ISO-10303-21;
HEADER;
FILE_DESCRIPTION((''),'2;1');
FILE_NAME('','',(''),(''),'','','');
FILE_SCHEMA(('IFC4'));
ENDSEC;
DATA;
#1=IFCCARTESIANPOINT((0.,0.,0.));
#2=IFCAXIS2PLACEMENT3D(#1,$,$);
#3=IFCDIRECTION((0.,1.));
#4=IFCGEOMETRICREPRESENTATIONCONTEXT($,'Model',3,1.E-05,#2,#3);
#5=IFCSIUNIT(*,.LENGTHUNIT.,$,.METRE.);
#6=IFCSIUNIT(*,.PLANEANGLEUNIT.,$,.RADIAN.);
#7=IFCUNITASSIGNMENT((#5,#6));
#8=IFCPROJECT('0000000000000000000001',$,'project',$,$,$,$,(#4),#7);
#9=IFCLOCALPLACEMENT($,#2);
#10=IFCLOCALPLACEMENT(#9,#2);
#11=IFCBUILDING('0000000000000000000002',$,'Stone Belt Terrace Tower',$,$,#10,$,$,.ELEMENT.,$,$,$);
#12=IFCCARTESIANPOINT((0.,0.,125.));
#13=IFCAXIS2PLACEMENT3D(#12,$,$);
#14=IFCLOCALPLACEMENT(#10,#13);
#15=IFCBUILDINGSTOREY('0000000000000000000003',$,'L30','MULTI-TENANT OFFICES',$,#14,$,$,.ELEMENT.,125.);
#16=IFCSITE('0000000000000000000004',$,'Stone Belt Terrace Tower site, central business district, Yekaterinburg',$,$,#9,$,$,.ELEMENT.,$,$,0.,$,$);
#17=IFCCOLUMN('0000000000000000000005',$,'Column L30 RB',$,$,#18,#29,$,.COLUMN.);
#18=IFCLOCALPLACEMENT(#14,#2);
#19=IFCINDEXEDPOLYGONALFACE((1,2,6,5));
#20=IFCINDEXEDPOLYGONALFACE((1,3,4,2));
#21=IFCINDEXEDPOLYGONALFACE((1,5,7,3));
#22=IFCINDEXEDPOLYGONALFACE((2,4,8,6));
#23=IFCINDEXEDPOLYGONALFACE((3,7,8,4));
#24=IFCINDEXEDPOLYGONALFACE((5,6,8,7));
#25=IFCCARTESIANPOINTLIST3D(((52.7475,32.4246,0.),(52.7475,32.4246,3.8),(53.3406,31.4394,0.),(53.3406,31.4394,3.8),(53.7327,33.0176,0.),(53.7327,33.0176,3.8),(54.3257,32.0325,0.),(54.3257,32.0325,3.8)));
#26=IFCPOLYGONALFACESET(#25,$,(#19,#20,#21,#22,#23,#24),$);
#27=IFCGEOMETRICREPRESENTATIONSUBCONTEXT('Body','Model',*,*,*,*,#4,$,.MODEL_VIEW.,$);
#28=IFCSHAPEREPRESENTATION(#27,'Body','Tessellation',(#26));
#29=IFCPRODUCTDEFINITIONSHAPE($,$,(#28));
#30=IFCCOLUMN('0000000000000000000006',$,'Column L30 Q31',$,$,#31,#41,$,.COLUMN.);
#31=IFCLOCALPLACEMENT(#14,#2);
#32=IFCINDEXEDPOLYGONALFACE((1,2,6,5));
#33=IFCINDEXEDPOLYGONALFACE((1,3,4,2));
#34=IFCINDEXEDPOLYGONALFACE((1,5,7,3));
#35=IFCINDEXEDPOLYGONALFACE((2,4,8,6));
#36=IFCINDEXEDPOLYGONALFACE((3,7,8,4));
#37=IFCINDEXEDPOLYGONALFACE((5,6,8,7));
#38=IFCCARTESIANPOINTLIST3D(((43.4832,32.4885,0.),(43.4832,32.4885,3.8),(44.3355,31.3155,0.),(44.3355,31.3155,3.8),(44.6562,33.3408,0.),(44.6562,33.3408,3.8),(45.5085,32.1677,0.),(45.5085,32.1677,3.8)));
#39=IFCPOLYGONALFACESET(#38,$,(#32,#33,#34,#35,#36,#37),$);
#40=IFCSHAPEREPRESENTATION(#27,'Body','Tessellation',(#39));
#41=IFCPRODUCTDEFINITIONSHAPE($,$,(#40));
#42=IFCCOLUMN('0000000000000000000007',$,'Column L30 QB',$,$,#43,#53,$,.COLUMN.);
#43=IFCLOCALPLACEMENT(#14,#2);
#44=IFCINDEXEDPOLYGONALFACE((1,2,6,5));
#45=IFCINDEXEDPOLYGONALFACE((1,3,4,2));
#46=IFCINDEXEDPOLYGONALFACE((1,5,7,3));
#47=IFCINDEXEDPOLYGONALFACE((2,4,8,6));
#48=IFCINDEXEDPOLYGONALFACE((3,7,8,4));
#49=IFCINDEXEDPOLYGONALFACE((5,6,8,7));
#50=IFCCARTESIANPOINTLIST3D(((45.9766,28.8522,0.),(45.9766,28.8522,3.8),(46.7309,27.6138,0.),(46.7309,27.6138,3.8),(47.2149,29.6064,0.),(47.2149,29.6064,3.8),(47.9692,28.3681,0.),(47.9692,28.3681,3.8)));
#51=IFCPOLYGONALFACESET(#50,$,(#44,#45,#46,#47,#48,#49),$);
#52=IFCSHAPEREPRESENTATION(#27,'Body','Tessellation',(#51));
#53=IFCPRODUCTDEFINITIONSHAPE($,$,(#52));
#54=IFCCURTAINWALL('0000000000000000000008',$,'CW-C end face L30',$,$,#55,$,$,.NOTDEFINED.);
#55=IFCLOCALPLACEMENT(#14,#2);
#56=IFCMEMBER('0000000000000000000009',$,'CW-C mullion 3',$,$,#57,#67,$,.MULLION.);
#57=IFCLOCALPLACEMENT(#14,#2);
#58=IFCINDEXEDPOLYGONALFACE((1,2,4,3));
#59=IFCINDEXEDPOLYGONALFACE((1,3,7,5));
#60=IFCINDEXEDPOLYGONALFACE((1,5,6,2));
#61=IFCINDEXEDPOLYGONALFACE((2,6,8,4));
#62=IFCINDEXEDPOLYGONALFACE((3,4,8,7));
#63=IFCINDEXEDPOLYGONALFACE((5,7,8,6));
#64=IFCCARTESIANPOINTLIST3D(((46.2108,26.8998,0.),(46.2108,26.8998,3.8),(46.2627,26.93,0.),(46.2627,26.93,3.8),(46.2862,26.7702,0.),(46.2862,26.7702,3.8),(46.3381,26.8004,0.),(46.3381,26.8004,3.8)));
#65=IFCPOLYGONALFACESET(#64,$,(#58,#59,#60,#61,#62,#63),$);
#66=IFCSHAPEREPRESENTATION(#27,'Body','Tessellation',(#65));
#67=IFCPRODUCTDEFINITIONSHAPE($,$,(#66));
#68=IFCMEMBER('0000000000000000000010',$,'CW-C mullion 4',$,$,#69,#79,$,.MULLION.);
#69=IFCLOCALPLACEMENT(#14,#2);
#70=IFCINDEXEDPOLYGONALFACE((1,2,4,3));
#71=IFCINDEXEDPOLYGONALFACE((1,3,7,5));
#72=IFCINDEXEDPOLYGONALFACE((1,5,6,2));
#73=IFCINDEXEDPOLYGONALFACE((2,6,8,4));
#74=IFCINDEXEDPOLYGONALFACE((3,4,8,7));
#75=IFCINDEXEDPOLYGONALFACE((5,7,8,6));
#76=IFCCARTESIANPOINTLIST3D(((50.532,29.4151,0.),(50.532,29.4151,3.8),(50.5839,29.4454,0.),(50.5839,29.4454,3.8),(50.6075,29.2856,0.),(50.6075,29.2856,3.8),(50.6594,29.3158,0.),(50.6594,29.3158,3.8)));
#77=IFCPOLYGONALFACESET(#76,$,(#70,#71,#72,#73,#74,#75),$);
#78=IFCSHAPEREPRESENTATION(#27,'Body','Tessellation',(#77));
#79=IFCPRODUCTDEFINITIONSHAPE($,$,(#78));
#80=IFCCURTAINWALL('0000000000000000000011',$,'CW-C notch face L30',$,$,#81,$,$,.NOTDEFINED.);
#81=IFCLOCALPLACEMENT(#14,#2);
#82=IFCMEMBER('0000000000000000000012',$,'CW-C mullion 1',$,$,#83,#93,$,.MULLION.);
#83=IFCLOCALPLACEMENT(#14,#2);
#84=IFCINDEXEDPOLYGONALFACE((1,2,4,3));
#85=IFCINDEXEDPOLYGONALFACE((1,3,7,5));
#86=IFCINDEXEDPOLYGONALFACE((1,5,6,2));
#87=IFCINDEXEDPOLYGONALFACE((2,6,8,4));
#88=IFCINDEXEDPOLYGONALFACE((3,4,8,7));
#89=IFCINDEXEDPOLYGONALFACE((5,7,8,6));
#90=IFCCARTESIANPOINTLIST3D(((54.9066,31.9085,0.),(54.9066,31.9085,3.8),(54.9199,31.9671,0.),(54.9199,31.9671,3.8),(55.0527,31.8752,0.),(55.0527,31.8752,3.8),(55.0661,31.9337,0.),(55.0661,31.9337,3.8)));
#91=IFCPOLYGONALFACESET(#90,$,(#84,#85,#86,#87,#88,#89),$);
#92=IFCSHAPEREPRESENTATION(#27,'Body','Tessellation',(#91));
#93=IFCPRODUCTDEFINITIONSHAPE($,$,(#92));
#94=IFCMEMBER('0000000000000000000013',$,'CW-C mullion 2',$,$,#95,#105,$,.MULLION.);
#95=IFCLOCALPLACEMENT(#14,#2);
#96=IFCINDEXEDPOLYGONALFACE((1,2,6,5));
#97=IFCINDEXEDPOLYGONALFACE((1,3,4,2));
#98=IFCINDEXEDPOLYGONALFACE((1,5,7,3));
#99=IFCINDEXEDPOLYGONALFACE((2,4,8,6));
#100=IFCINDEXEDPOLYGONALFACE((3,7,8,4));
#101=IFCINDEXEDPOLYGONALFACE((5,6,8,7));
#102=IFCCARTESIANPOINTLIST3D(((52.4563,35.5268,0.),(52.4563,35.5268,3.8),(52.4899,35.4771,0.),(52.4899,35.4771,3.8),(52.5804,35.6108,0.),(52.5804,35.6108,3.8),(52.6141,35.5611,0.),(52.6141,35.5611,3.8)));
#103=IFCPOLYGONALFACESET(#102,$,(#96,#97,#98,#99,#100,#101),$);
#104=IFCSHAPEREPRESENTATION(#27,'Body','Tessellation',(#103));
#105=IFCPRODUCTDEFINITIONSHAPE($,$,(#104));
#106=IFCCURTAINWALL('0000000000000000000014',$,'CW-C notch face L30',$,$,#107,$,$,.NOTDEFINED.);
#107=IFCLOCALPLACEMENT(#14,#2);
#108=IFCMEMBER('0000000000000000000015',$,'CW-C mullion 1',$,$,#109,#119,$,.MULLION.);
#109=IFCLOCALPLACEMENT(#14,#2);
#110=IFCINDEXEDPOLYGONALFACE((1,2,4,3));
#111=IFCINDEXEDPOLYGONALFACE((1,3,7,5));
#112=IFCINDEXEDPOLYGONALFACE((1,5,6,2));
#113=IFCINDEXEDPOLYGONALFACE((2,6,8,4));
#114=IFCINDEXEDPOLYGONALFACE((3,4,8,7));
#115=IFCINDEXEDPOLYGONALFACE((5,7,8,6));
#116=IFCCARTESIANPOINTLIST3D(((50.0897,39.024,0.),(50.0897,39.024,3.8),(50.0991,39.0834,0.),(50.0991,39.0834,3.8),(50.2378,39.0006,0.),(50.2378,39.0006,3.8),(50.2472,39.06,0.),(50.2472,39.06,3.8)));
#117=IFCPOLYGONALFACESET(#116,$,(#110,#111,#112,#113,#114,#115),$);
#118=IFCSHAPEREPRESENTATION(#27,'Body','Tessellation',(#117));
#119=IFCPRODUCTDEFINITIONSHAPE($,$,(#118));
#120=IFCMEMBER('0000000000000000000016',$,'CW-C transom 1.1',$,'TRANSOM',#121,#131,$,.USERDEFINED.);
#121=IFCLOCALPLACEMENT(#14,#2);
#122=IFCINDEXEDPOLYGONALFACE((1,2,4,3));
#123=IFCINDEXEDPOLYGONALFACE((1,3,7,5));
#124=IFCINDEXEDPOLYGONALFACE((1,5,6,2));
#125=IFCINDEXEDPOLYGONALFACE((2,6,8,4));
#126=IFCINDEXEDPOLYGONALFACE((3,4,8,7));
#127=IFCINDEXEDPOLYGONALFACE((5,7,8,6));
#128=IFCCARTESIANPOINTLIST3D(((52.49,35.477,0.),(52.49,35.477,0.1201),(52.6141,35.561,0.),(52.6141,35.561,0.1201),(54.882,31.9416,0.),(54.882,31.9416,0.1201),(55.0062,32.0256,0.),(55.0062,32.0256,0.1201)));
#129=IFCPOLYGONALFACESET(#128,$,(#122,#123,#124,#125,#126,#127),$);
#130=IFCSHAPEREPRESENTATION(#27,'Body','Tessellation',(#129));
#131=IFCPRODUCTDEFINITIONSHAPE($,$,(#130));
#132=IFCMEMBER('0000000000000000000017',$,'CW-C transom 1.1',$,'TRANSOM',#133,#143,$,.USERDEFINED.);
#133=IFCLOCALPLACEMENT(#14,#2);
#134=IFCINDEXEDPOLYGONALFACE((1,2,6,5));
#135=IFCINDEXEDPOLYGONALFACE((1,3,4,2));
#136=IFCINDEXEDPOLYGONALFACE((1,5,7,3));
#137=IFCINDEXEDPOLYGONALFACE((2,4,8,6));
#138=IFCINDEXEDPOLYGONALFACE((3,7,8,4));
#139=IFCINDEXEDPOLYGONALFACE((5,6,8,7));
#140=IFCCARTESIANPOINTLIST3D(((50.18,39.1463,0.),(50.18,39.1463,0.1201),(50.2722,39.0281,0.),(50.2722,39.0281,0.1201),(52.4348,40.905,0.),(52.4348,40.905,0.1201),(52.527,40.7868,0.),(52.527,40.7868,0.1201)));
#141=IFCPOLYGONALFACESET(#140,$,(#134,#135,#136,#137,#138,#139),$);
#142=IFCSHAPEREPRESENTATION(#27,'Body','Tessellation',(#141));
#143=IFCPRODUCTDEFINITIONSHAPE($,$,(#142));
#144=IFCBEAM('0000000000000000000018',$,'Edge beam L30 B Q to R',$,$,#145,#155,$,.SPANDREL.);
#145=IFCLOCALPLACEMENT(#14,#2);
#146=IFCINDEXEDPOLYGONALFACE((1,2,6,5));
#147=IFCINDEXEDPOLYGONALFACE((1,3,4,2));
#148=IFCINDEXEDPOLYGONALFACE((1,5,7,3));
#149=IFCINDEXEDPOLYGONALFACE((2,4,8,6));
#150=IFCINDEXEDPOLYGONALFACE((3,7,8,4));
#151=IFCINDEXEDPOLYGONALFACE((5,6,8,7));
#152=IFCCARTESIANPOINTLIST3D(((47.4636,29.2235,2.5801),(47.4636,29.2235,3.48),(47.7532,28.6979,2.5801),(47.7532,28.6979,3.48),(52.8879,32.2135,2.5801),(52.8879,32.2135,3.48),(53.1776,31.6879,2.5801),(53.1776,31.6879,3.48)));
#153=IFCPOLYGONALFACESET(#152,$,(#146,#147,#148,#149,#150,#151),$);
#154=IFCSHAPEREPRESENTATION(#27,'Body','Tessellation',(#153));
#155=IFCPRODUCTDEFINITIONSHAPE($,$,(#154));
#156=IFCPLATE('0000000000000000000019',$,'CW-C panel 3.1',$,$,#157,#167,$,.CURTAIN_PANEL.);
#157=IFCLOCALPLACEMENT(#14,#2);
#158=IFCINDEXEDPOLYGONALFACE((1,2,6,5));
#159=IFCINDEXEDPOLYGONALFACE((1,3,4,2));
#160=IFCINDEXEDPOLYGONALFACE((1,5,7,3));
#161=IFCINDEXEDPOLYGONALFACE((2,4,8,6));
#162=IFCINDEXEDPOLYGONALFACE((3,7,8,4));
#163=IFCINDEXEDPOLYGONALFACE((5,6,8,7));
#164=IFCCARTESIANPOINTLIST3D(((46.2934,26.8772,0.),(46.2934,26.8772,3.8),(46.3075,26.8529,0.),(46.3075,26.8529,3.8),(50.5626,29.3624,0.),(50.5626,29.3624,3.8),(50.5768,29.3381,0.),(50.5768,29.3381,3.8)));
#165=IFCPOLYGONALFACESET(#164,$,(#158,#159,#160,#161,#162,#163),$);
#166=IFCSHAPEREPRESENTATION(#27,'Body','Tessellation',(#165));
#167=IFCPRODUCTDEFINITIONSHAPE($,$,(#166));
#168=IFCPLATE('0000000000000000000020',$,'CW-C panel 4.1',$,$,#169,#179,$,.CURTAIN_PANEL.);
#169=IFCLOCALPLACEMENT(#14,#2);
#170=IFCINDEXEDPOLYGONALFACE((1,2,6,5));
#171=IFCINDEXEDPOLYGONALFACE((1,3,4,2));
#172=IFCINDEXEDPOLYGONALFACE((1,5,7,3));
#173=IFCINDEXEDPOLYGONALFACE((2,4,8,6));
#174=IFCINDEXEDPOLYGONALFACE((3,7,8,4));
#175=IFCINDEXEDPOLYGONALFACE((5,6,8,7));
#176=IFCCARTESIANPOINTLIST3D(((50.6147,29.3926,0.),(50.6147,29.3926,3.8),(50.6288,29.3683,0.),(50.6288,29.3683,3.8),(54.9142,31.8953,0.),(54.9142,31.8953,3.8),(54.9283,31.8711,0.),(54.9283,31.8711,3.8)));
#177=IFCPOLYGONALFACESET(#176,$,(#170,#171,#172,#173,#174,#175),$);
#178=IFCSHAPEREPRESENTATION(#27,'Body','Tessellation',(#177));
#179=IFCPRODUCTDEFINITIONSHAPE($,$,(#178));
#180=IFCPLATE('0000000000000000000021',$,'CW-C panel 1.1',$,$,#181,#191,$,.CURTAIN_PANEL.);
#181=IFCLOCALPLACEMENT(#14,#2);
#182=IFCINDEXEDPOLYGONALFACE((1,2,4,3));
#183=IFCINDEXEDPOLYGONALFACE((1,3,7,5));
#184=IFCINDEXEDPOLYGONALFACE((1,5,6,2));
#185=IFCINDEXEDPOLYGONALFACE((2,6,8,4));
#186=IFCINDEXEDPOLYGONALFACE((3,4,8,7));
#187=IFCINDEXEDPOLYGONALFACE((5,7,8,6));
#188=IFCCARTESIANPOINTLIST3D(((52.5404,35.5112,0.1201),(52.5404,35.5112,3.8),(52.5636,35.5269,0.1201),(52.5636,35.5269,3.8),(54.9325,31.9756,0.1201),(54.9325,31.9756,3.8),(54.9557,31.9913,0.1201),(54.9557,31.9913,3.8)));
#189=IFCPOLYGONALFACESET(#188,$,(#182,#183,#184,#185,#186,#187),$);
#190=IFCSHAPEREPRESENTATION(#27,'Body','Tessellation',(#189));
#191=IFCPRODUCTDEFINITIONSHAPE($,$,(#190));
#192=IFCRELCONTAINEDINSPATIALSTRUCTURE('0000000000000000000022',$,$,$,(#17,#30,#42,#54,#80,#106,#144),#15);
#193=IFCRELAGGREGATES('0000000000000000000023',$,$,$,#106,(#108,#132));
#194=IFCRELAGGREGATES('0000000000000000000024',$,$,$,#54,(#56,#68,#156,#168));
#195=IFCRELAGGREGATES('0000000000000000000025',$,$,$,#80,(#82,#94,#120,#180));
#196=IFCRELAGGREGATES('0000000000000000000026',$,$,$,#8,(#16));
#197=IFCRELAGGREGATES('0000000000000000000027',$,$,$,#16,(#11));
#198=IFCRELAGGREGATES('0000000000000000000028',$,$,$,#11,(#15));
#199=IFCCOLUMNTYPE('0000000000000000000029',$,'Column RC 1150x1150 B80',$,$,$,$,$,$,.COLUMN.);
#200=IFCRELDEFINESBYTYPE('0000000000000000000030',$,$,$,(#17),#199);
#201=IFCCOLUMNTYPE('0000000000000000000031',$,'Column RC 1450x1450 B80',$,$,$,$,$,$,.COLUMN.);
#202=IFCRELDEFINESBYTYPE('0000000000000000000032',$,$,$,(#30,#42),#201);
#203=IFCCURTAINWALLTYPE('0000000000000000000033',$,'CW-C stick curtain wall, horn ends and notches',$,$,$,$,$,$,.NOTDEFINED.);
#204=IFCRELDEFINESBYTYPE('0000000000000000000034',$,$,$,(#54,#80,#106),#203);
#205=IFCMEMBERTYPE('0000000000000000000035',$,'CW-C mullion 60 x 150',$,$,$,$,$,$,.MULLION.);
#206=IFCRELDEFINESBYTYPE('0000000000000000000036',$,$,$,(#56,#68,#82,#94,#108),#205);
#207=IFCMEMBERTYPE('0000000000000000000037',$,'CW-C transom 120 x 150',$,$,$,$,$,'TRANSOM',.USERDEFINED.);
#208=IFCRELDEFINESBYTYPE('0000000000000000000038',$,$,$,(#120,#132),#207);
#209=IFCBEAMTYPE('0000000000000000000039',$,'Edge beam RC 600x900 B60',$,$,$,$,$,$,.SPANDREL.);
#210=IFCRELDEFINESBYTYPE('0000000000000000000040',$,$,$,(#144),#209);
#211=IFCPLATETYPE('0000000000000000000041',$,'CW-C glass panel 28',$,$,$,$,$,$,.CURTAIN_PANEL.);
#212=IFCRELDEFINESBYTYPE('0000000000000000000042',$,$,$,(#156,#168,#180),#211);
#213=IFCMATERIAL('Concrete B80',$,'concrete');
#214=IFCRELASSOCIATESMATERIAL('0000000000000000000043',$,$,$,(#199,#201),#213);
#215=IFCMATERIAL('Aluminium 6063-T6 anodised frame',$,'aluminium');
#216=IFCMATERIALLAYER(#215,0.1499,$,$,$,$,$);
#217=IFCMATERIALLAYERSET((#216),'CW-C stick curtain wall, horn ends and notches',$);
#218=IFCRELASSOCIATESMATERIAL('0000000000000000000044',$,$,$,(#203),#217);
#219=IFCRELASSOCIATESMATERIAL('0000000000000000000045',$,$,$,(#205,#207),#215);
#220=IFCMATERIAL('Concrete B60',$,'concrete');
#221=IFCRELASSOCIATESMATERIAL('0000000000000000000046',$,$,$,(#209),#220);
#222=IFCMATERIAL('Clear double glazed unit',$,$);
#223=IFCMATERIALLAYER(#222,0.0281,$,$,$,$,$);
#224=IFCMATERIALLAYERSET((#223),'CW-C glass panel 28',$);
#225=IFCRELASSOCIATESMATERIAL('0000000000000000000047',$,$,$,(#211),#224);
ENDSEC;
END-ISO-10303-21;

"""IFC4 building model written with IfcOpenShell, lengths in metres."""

from ifc_helpers import new_model, si_unit, direction, frame, origin, origin_2d, place, context, subcontext, project, spatial, rectangle, extrude, material, layer, layer_set, material_profile, profile_set, type_object, element, aggregate, save


model = new_model("IFC4")

# Units and contexts
model_context = context("Model", 3, precision=1e-05, world=origin(), true_north=direction((0.0, 1.0)))
body_context = subcontext(model_context, "Body", "Model", "MODEL_VIEW")
ifc_project = project(units=[si_unit("LENGTHUNIT", "METRE"), si_unit("PLANEANGLEUNIT", "RADIAN")], contexts=[model_context])

# Site, building, storey
site_placement = place(None, origin())
site = spatial("IfcSite", under=ifc_project, at=site_placement, Name="Stone Belt Terrace Tower site, central business district, Yekaterinburg", CompositionType="ELEMENT", RefElevation=0.0)
building_placement = place(site_placement, origin())
building = spatial("IfcBuilding", under=site, at=building_placement, Name="Stone Belt Terrace Tower", CompositionType="ELEMENT")
storey_placement = place(building_placement, frame((0.0, 0.0, 125.0)))
storey = spatial("IfcBuildingStorey", under=building, at=storey_placement, Name="L30", Description="MULTI-TENANT OFFICES", CompositionType="ELEMENT", Elevation=125.0)

# Columns
ifc_material_1 = material(Name="Concrete B80", Category="concrete")
ifc_material_profile_1 = material_profile(ifc_material_1, rectangle(XDim=1.1499, YDim=1.1499, at=origin_2d()), Name="RC 1150x1150")
ifc_profile_set_1 = profile_set([ifc_material_profile_1], Name="Concrete B80")
column_type_1 = type_object("IfcColumnType", Name="Column RC 1150x1150 B80", PredefinedType="COLUMN", material=ifc_profile_set_1)
column_placement = place(storey_placement, frame((53.5366, 32.2285, 0.0), z_axis=(0.0, 0.0, 1.0), x_axis=(0.51575, -0.856739, 0.0)))
element("IfcColumn", 1, at=column_placement, inside=storey, type_object=column_type_1, Name="Column L30 RB", PredefinedType="COLUMN", context=body_context, shape_type="SweptSolid", body=[
    extrude(rectangle(XDim=1.1499, YDim=1.1499, at=origin_2d()), origin(), (0.0, 0.0, 1.0), 3.8),
])
ifc_material_profile_2 = material_profile(ifc_material_1, rectangle(XDim=1.45, YDim=1.45, at=origin_2d()), Name="RC 1450x1450")
ifc_profile_set_2 = profile_set([ifc_material_profile_2], Name="Concrete B80")
column_type_2 = type_object("IfcColumnType", Name="Column RC 1450x1450 B80", PredefinedType="COLUMN", material=ifc_profile_set_2)
for number, where, z_axis, x_axis, name in (
    (2, (44.4958, 32.3281, 0.0), (0.0, 0.0, 1.0), (0.587785, -0.809017, 0.0), "Column L30 Q31"),
    (3, (46.9729, 28.6101, 0.0), (0.0, 0.0, 1.0), (0.520186, -0.854053, 0.0), "Column L30 QB"),
):
    element("IfcColumn", number, at=place(storey_placement, frame(where, z_axis=z_axis, x_axis=x_axis)), inside=storey, type_object=column_type_2, Name=name, PredefinedType="COLUMN", context=body_context, shape_type="SweptSolid", body=[
        extrude(rectangle(XDim=1.45, YDim=1.45, at=origin_2d()), origin(), (0.0, 0.0, 1.0), 3.8),
    ])

# Curtain walls, members
ifc_material_2 = material(Name="Aluminium 6063-T6 anodised frame", Category="aluminium")
ifc_layer_1 = layer(ifc_material_2, 0.1499)
ifc_layer_set_1 = layer_set([ifc_layer_1], Name="CW-C stick curtain wall, horn ends and notches")
curtain_wall_type = type_object("IfcCurtainWallType", Name="CW-C stick curtain wall, horn ends and notches", PredefinedType="NOTDEFINED", material=ifc_layer_set_1)
curtain_wall_1_placement = place(storey_placement, origin())
curtain_wall_1 = element("IfcCurtainWall", 4, at=curtain_wall_1_placement, inside=storey, type_object=curtain_wall_type, Name="CW-C end face L30", PredefinedType="NOTDEFINED")
ifc_material_profile_3 = material_profile(ifc_material_2, rectangle(XDim=0.1499, YDim=0.0601, at=origin_2d()), Name="Aluminium 6063-T6 60x150")
ifc_profile_set_3 = profile_set([ifc_material_profile_3], Name="Aluminium 6063-T6 anodised frame")
member_type_1 = type_object("IfcMemberType", Name="CW-C mullion 60 x 150", PredefinedType="MULLION", material=ifc_profile_set_3)
member_1_placement = place(storey_placement, frame((46.2744, 26.8501, 0.0), z_axis=(0.0, 0.0, 1.0), x_axis=(-0.503081, 0.864239, 0.0)))
member_1 = element("IfcMember", 5, at=member_1_placement, type_object=member_type_1, Name="CW-C mullion 3", PredefinedType="MULLION", context=body_context, shape_type="SweptSolid", body=[
    extrude(rectangle(XDim=0.1499, YDim=0.0601, at=origin_2d()), origin(), (0.0, 0.0, 1.0), 3.8),
])
member_2_placement = place(storey_placement, frame((50.5957, 29.3655, 0.0), z_axis=(0.0, 0.0, 1.0), x_axis=(-0.503081, 0.864239, 0.0)))
member_2 = element("IfcMember", 6, at=member_2_placement, type_object=member_type_1, Name="CW-C mullion 4", PredefinedType="MULLION", context=body_context, shape_type="SweptSolid", body=[
    extrude(rectangle(XDim=0.1499, YDim=0.0601, at=origin_2d()), origin(), (0.0, 0.0, 1.0), 3.8),
])
curtain_wall_2_placement = place(storey_placement, origin())
curtain_wall_2 = element("IfcCurtainWall", 7, at=curtain_wall_2_placement, inside=storey, type_object=curtain_wall_type, Name="CW-C notch face L30", PredefinedType="NOTDEFINED")
member_3_placement = place(storey_placement, frame((54.9863, 31.9211, 0.0), z_axis=(0.0, 0.0, 1.0), x_axis=(-0.974927, 0.222525, 0.0)))
member_3 = element("IfcMember", 8, at=member_3_placement, type_object=member_type_1, Name="CW-C mullion 1", PredefinedType="MULLION", context=body_context, shape_type="SweptSolid", body=[
    extrude(rectangle(XDim=0.1499, YDim=0.0601, at=origin_2d()), origin(), (0.0, 0.0, 1.0), 3.8),
])
member_4_placement = place(storey_placement, frame((52.5352, 35.5439, 0.0), z_axis=(0.0, 0.0, 1.0), x_axis=(-0.828244, -0.560367, 0.0)))
member_4 = element("IfcMember", 9, at=member_4_placement, type_object=member_type_1, Name="CW-C mullion 2", PredefinedType="MULLION", context=body_context, shape_type="SweptSolid", body=[
    extrude(rectangle(XDim=0.1499, YDim=0.0601, at=origin_2d()), origin(), (0.0, 0.0, 1.0), 3.8),
])

# Curtain wall, member
curtain_wall_3_placement = place(storey_placement, origin())
curtain_wall_3 = element("IfcCurtainWall", 10, at=curtain_wall_3_placement, inside=storey, type_object=curtain_wall_type, Name="CW-C notch face L30", PredefinedType="NOTDEFINED")
member_5_placement = place(storey_placement, frame((50.1685, 39.042, 0.0), z_axis=(0.0, 0.0, 1.0), x_axis=(-0.987742, 0.156094, 0.0)))
member_5 = element("IfcMember", 11, at=member_5_placement, type_object=member_type_1, Name="CW-C mullion 1", PredefinedType="MULLION", context=body_context, shape_type="SweptSolid", body=[
    extrude(rectangle(XDim=0.1499, YDim=0.0601, at=origin_2d()), origin(), (0.0, 0.0, 1.0), 3.8),
])

# Members
ifc_material_profile_4 = material_profile(ifc_material_2, rectangle(XDim=0.1499, YDim=0.1201, at=origin_2d()), Name="Aluminium 6063-T6 150x120")
ifc_profile_set_4 = profile_set([ifc_material_profile_4], Name="Aluminium 6063-T6 anodised frame")
member_type_2 = type_object("IfcMemberType", Name="CW-C transom 120 x 150", ElementType="TRANSOM", PredefinedType="USERDEFINED", material=ifc_profile_set_4)
member_6_placement = place(storey_placement, frame((54.9441, 31.9836, 0.0601), z_axis=(-0.560389, 0.82823, 0.0), x_axis=(-0.82823, -0.560389, 0.0)))
member_6 = element("IfcMember", 12, at=member_6_placement, type_object=member_type_2, Name="CW-C transom 1.1", ObjectType="TRANSOM", PredefinedType="USERDEFINED", context=body_context, shape_type="SweptSolid", body=[
    extrude(rectangle(XDim=0.1499, YDim=0.1201, at=origin_2d()), origin(), (0.0, 0.0, 1.0), 4.2686),
])
member_7_placement = place(storey_placement, frame((50.2261, 39.0872, 0.0601), z_axis=(0.788506, 0.615028, 0.0), x_axis=(-0.615028, 0.788506, 0.0)))
member_7 = element("IfcMember", 13, at=member_7_placement, type_object=member_type_2, Name="CW-C transom 1.1", ObjectType="TRANSOM", PredefinedType="USERDEFINED", context=body_context, shape_type="SweptSolid", body=[
    extrude(rectangle(XDim=0.1499, YDim=0.1201, at=origin_2d()), origin(), (0.0, 0.0, 1.0), 2.8596),
])
aggregate(curtain_wall_3, [member_5, member_7])

# Beam
ifc_material_3 = material(Name="Concrete B60", Category="concrete")
ifc_material_profile_5 = material_profile(ifc_material_3, rectangle(XDim=0.6001, YDim=0.8999, at=origin_2d()), Name="RC 600x900")
ifc_profile_set_5 = profile_set([ifc_material_profile_5], Name="Concrete B60")
beam_type = type_object("IfcBeamType", Name="Edge beam RC 600x900 B60", PredefinedType="SPANDREL", material=ifc_profile_set_5)
beam_placement = place(storey_placement, frame((47.6084, 28.9607, 3.03), z_axis=(0.875764, 0.482739, 0.0), x_axis=(-0.482739, 0.875764, 0.0)))
element("IfcBeam", 14, at=beam_placement, inside=storey, type_object=beam_type, Name="Edge beam L30 B Q to R", PredefinedType="SPANDREL", context=body_context, shape_type="SweptSolid", body=[
    extrude(rectangle(XDim=0.6001, YDim=0.8999, at=origin_2d()), origin(), (0.0, 0.0, 1.0), 6.1938),
])

# Plates
ifc_material_4 = material(Name="Clear double glazed unit")
ifc_layer_2 = layer(ifc_material_4, 0.0281)
ifc_layer_set_2 = layer_set([ifc_layer_2], Name="CW-C glass panel 28")
plate_type = type_object("IfcPlateType", Name="CW-C glass panel 28", PredefinedType="CURTAIN_PANEL", material=ifc_layer_set_2)
plate_1_placement = place(storey_placement, frame((48.4351, 28.1077, 0.0), z_axis=(0.0, 0.0, 1.0), x_axis=(0.864239, 0.503081, 0.0)))
plate_1 = element("IfcPlate", 15, at=plate_1_placement, type_object=plate_type, Name="CW-C panel 3.1", PredefinedType="CURTAIN_PANEL", context=body_context, shape_type="SweptSolid", body=[
    extrude(rectangle(XDim=4.9399, YDim=0.0281, at=origin_2d()), origin(), (0.0, 0.0, 1.0), 3.8),
])
plate_2_placement = place(storey_placement, frame((52.7715, 30.6318, 0.0), z_axis=(0.0, 0.0, 1.0), x_axis=(0.864239, 0.503081, 0.0)))
plate_2 = element("IfcPlate", 16, at=plate_2_placement, type_object=plate_type, Name="CW-C panel 4.1", PredefinedType="CURTAIN_PANEL", context=body_context, shape_type="SweptSolid", body=[
    extrude(rectangle(XDim=4.9749, YDim=0.0281, at=origin_2d()), origin(), (0.0, 0.0, 1.0), 3.8),
])
aggregate(curtain_wall_1, [member_1, member_2, plate_1, plate_2])
plate_3_placement = place(storey_placement, frame((53.748, 33.7512, 0.1201), z_axis=(0.0, 0.0, 1.0), x_axis=(-0.560367, 0.828244, 0.0)))
plate_3 = element("IfcPlate", 17, at=plate_3_placement, type_object=plate_type, Name="CW-C panel 1.1", PredefinedType="CURTAIN_PANEL", context=body_context, shape_type="SweptSolid", body=[
    extrude(rectangle(XDim=4.2688, YDim=0.0281, at=origin_2d()), origin(), (0.0, 0.0, 1.0), 3.6799),
])
aggregate(curtain_wall_2, [member_3, member_4, member_6, plate_3])

save(model, "model.ifc")
